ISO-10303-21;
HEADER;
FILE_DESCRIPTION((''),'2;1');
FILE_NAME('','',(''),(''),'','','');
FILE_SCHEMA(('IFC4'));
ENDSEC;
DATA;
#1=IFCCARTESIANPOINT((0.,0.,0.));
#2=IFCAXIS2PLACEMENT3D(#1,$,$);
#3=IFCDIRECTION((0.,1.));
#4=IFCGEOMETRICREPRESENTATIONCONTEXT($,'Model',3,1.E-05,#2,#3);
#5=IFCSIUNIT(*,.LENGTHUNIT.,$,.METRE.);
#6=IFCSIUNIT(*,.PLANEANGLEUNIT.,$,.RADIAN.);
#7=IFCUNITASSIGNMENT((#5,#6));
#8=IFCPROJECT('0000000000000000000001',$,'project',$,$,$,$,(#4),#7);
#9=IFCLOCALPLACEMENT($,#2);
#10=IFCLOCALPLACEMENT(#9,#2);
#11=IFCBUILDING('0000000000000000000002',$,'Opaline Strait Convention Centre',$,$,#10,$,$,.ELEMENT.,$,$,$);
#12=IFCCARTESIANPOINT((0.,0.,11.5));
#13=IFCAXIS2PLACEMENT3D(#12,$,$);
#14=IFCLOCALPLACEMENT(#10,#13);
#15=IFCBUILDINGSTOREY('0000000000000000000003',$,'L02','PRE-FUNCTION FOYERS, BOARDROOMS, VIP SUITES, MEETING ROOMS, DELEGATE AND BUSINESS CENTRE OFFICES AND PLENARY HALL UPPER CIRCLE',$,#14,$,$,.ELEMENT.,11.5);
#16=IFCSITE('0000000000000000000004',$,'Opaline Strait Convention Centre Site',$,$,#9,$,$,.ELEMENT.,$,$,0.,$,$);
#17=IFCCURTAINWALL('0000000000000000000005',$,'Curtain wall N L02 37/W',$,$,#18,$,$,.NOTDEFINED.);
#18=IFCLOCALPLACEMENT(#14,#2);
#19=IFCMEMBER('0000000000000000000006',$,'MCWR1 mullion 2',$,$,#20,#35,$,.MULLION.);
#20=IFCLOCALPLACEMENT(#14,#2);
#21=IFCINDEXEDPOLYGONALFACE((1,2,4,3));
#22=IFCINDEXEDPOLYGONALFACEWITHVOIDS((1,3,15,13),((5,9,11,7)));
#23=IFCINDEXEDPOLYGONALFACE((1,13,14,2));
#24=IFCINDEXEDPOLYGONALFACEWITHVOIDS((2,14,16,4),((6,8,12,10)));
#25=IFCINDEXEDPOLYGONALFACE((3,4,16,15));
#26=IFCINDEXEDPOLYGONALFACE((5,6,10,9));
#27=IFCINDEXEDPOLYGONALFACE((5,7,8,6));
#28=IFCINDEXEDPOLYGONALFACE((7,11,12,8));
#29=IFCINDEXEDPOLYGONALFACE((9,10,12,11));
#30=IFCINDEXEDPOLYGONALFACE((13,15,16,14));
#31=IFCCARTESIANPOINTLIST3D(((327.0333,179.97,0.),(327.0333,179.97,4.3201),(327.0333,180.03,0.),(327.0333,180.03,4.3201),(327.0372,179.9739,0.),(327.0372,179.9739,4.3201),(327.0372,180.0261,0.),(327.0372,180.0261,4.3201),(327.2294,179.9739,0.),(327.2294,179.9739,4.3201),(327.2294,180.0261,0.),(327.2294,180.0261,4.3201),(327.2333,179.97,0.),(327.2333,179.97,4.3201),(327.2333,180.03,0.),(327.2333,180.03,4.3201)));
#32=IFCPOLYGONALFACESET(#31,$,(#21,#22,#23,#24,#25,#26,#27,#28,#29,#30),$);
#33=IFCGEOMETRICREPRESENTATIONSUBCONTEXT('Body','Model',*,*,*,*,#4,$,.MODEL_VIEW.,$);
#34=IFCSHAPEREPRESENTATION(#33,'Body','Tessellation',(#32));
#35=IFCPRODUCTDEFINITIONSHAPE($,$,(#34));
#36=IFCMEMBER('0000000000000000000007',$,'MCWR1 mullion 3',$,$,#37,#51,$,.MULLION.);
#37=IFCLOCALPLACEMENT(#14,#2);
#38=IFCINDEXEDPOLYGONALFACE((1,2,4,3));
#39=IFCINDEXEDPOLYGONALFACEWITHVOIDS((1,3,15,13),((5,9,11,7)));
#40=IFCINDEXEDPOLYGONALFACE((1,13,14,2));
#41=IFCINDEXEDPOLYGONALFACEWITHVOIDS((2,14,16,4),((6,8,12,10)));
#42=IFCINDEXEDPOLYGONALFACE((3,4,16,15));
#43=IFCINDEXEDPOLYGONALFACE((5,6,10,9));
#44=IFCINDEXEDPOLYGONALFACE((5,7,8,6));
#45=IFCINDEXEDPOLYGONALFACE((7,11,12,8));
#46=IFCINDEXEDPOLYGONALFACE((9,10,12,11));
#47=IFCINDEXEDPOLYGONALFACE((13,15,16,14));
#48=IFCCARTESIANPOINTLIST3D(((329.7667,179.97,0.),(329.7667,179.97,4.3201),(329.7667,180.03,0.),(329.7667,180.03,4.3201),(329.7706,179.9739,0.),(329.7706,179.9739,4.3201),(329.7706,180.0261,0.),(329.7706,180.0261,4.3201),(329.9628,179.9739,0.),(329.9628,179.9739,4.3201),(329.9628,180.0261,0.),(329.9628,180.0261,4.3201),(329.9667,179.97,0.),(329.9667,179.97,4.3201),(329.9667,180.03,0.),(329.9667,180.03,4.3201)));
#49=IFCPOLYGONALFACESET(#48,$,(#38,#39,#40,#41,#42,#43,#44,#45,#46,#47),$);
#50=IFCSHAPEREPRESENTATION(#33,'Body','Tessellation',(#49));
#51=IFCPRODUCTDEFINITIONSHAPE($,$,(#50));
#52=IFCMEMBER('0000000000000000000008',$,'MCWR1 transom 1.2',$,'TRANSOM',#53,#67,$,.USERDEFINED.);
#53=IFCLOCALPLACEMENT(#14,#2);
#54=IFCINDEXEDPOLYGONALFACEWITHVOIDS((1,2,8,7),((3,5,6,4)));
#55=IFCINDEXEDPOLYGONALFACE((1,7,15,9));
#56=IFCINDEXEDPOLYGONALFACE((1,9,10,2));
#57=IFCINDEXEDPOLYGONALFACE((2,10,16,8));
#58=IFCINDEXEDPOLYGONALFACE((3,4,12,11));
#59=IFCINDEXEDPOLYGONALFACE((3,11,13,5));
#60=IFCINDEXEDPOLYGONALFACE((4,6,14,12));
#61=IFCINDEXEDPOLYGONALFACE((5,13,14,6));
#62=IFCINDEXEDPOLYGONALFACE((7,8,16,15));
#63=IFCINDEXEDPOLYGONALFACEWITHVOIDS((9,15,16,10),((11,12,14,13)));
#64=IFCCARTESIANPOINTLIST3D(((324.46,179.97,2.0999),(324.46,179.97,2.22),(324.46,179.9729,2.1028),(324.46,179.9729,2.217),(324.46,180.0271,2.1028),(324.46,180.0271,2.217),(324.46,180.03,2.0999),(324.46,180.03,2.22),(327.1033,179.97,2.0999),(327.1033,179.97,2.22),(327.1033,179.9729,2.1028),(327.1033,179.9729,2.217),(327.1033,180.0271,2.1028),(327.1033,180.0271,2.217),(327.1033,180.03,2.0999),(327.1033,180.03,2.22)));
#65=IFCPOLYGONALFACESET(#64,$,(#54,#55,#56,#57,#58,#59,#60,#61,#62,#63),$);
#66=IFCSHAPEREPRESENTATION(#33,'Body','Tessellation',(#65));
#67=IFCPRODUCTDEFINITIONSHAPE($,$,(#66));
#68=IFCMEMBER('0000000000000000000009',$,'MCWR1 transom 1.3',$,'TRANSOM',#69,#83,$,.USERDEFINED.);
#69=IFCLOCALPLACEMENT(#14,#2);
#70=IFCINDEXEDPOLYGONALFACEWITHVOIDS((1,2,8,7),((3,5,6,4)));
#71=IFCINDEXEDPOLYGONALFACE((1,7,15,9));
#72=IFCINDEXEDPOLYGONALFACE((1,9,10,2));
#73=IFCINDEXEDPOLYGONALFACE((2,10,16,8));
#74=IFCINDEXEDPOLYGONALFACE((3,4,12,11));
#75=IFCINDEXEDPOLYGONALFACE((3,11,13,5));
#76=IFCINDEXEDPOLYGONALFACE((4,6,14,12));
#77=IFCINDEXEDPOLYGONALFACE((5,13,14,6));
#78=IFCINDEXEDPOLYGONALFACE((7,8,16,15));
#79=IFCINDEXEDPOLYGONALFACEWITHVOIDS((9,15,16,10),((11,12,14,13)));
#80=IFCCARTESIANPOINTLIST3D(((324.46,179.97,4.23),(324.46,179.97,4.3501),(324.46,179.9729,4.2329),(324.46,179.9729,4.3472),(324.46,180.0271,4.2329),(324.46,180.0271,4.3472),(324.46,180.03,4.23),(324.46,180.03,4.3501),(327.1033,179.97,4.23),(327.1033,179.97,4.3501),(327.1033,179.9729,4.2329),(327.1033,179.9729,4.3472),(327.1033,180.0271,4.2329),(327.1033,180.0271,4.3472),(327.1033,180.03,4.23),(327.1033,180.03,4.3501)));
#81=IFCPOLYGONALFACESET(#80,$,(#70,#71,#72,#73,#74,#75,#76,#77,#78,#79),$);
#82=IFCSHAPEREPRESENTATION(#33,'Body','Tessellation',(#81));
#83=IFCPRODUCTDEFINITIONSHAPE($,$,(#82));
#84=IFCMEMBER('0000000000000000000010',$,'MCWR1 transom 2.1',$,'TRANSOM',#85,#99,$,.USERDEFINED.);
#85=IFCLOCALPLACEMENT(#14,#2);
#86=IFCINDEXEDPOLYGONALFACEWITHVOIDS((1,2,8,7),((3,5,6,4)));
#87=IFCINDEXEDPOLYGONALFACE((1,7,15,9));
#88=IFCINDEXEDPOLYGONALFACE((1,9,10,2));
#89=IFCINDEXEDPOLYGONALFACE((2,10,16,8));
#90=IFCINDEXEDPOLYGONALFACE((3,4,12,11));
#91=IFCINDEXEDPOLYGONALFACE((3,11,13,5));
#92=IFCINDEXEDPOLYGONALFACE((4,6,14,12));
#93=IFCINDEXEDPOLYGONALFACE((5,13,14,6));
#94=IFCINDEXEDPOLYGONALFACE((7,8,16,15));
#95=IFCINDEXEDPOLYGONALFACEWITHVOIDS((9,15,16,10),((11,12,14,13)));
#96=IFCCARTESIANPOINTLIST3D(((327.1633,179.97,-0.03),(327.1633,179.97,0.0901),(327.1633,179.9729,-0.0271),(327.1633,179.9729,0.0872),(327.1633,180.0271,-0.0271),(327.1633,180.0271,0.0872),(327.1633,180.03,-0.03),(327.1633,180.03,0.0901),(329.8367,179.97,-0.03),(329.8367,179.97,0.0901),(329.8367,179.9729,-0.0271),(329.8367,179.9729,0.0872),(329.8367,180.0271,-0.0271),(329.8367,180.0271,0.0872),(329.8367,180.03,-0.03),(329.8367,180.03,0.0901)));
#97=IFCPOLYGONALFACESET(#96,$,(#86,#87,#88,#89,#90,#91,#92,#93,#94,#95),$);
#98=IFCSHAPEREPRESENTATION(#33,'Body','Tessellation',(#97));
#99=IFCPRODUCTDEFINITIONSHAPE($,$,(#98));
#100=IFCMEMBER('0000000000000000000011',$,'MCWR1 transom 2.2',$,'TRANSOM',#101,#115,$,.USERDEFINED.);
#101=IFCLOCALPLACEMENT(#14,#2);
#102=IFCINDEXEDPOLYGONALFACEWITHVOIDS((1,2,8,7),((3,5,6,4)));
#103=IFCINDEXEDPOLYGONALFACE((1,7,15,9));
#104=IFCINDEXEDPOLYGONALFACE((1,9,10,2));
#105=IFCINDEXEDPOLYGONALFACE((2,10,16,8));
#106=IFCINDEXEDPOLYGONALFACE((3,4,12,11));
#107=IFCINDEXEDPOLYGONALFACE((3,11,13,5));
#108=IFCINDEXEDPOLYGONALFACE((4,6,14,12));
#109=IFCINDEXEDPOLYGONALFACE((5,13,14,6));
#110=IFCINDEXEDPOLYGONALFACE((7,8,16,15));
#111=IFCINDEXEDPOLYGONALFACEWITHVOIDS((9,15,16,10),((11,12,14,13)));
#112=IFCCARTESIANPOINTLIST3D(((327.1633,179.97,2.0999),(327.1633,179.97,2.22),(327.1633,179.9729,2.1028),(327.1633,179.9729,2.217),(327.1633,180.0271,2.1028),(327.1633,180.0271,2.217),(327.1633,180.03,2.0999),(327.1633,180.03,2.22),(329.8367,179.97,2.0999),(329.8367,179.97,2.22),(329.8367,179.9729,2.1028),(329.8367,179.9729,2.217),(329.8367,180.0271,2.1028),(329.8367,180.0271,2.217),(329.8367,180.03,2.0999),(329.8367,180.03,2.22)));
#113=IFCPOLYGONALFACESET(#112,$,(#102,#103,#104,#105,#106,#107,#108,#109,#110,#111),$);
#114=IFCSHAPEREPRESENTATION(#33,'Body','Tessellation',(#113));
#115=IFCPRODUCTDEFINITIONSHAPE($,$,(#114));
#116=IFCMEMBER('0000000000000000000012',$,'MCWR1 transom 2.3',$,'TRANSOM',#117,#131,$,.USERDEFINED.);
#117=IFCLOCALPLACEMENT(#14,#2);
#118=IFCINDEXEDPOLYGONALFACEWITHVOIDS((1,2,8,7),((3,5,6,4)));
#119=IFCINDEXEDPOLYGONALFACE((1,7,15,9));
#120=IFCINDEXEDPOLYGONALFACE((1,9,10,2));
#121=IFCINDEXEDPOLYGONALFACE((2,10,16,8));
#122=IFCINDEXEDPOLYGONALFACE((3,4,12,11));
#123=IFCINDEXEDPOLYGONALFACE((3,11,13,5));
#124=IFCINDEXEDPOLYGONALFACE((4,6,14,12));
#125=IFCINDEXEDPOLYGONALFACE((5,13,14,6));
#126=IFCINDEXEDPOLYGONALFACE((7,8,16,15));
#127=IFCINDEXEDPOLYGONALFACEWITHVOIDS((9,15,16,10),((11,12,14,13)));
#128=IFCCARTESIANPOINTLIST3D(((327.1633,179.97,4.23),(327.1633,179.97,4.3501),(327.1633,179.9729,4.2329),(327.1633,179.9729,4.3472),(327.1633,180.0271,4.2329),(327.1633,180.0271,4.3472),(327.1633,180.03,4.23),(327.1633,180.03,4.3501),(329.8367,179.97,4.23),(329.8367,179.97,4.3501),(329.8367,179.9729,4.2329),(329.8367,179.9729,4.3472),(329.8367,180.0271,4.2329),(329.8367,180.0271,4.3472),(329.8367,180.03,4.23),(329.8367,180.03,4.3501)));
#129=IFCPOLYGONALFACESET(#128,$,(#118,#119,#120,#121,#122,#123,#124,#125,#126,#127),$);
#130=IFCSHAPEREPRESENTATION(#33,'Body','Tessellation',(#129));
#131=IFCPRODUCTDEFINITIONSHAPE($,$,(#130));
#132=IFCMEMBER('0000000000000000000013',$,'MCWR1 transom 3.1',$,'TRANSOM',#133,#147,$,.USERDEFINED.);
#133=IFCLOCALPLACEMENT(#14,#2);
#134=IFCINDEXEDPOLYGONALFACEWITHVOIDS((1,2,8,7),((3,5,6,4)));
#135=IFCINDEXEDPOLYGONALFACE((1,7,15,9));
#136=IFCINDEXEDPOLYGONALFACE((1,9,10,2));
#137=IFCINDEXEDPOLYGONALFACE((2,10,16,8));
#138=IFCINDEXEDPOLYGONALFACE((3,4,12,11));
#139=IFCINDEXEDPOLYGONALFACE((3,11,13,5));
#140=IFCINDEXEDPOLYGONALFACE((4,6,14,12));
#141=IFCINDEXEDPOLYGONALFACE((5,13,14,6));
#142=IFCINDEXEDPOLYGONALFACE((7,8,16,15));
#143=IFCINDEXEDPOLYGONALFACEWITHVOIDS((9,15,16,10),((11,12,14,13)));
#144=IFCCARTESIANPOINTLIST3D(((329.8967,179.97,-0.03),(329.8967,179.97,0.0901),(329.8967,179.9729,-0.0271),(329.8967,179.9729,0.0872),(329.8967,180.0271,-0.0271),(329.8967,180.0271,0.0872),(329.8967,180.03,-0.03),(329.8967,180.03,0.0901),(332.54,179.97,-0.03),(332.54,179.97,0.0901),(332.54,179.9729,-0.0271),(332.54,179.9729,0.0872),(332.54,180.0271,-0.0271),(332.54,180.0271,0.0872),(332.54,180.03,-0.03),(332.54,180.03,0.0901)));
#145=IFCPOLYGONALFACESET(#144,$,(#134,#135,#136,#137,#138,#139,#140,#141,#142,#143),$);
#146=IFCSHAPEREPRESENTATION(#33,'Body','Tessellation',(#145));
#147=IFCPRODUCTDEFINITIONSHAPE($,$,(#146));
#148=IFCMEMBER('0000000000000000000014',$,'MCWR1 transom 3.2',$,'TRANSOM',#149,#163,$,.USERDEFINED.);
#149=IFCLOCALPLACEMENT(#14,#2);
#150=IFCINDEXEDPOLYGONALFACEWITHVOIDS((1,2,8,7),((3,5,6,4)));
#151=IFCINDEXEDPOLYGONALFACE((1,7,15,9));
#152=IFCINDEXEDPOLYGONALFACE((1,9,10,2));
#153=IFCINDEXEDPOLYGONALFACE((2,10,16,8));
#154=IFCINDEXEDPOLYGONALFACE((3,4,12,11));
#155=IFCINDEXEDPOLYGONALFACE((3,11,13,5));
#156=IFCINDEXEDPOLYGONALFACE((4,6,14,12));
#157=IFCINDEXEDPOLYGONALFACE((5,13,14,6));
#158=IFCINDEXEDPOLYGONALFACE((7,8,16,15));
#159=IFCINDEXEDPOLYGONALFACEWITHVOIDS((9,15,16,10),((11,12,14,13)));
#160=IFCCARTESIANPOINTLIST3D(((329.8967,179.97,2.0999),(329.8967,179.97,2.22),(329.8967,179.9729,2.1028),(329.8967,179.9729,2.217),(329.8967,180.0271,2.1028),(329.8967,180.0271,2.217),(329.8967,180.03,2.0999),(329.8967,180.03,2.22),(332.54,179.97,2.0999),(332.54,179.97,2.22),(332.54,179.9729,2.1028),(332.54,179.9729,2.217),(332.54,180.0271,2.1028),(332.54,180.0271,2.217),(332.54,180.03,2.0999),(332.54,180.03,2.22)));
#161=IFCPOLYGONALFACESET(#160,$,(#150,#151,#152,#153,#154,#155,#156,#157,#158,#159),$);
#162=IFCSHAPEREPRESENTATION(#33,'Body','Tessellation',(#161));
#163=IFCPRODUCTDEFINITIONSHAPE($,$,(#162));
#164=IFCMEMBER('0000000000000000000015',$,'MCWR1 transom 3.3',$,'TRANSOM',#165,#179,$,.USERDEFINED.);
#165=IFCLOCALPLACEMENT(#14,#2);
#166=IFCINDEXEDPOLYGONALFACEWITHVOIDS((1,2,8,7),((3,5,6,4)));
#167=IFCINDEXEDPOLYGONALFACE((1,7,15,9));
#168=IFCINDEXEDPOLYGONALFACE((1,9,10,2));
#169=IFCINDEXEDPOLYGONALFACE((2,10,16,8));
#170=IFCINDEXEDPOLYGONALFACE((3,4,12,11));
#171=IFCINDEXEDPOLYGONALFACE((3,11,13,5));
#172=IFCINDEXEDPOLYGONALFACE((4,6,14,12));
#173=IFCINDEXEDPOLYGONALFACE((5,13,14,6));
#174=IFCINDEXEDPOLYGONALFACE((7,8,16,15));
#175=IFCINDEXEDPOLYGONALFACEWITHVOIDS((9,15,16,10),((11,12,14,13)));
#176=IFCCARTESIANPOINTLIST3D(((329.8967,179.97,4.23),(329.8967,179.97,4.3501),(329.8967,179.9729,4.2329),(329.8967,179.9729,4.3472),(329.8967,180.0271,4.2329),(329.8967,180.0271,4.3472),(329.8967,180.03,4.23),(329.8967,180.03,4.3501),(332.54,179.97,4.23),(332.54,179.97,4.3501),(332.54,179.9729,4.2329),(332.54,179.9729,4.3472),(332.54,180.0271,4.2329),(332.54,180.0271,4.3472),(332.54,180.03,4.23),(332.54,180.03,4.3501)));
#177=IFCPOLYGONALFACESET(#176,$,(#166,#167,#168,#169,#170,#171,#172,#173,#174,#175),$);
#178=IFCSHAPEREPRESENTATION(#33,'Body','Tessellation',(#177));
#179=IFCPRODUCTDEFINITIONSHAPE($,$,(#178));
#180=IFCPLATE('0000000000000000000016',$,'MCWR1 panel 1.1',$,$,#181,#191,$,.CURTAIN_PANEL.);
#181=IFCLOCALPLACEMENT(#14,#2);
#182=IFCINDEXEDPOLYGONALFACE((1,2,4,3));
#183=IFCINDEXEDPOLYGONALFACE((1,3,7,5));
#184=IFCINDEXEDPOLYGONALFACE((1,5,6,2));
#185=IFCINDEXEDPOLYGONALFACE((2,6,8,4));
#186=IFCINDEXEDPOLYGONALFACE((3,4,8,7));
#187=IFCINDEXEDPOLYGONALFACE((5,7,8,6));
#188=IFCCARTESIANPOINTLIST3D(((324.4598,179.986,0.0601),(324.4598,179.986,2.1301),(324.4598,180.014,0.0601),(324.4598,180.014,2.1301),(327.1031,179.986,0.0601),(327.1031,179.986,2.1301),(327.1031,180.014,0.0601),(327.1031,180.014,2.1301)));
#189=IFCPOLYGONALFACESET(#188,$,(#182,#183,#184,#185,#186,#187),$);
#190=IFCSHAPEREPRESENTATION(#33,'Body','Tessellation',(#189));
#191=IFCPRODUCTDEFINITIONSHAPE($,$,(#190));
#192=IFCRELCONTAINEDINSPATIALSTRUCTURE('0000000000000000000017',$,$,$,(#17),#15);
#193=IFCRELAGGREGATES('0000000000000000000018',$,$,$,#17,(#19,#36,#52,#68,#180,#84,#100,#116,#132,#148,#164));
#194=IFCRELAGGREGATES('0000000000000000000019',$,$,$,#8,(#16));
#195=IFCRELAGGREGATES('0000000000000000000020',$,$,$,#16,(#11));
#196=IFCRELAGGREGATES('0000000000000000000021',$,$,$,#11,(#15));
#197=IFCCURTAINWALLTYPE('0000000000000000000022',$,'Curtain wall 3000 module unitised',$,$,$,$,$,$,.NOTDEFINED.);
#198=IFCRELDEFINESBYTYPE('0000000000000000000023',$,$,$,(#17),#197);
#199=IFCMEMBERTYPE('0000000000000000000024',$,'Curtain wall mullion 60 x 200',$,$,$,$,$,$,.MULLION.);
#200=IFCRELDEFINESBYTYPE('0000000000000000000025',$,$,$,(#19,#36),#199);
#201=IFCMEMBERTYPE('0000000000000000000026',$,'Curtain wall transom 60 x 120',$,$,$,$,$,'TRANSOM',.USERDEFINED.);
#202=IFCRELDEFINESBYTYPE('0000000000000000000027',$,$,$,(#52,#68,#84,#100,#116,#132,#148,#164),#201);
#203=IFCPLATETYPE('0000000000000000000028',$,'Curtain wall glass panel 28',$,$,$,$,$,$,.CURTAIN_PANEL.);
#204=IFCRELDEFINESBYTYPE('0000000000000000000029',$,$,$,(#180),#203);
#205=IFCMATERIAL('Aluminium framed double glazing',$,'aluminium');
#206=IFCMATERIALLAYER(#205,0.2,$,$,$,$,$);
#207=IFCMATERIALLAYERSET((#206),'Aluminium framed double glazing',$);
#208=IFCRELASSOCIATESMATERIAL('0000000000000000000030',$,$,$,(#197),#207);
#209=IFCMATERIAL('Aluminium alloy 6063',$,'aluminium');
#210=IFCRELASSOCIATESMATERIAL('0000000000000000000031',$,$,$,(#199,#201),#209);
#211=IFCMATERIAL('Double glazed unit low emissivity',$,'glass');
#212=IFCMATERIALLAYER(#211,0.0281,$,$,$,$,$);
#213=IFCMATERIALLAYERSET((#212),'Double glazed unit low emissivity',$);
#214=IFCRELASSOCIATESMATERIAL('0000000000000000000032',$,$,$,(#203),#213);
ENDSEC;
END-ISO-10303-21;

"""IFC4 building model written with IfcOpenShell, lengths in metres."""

from ifc_helpers import new_model, si_unit, direction, frame, origin, origin_2d, place, context, subcontext, project, spatial, rectangle, hollow_rectangle, extrude, material, layer, layer_set, material_profile, profile_set, type_object, element, aggregate, save


model = new_model("IFC4")

# Units and contexts
model_context = context("Model", 3, precision=1e-05, world=origin(), true_north=direction((0.0, 1.0)))
body_context = subcontext(model_context, "Body", "Model", "MODEL_VIEW")
ifc_project = project(units=[si_unit("LENGTHUNIT", "METRE"), si_unit("PLANEANGLEUNIT", "RADIAN")], contexts=[model_context])

# Site, building, storey
site_placement = place(None, origin())
site = spatial("IfcSite", under=ifc_project, at=site_placement, Name="Opaline Strait Convention Centre Site", CompositionType="ELEMENT", RefElevation=0.0)
building_placement = place(site_placement, origin())
building = spatial("IfcBuilding", under=site, at=building_placement, Name="Opaline Strait Convention Centre", CompositionType="ELEMENT")
storey_placement = place(building_placement, frame((0.0, 0.0, 11.5)))
storey = spatial("IfcBuildingStorey", under=building, at=storey_placement, Name="L02", Description="PRE-FUNCTION FOYERS, BOARDROOMS, VIP SUITES, MEETING ROOMS, DELEGATE AND BUSINESS CENTRE OFFICES AND PLENARY HALL UPPER CIRCLE", CompositionType="ELEMENT", Elevation=11.5)

# Curtain wall, members, plate
ifc_material_1 = material(Name="Aluminium framed double glazing", Category="aluminium")
ifc_layer_1 = layer(ifc_material_1, 0.2)
ifc_layer_set_1 = layer_set([ifc_layer_1], Name="Aluminium framed double glazing")
curtain_wall_type = type_object("IfcCurtainWallType", Name="Curtain wall 3000 module unitised", PredefinedType="NOTDEFINED", material=ifc_layer_set_1)
curtain_wall_placement = place(storey_placement, origin())
curtain_wall = element("IfcCurtainWall", 1, at=curtain_wall_placement, inside=storey, type_object=curtain_wall_type, Name="Curtain wall N L02 37/W", PredefinedType="NOTDEFINED")
ifc_material_2 = material(Name="Aluminium alloy 6063", Category="aluminium")
ifc_material_profile_1 = material_profile(ifc_material_2, hollow_rectangle(XDim=0.0601, YDim=0.2, WallThickness=0.0039, at=origin_2d()), Name="MULLION 60x200x4")
ifc_profile_set_1 = profile_set([ifc_material_profile_1], Name="Aluminium alloy 6063")
member_type_1 = type_object("IfcMemberType", Name="Curtain wall mullion 60 x 200", PredefinedType="MULLION", material=ifc_profile_set_1)
member_1_placement = place(storey_placement, frame((327.1333, 180.0, 0.0), z_axis=(0.0, 0.0, 1.0), x_axis=(0.0, 1.0, 0.0)))
member_1 = element("IfcMember", 2, at=member_1_placement, type_object=member_type_1, Name="MCWR1 mullion 2", PredefinedType="MULLION", context=body_context, shape_type="SweptSolid", body=[
    extrude(hollow_rectangle(XDim=0.0601, YDim=0.2, WallThickness=0.0039, at=origin_2d()), origin(), (0.0, 0.0, 1.0), 4.3201),
])
member_2_placement = place(storey_placement, frame((329.8667, 180.0, 0.0), z_axis=(0.0, 0.0, 1.0), x_axis=(0.0, 1.0, 0.0)))
member_2 = element("IfcMember", 3, at=member_2_placement, type_object=member_type_1, Name="MCWR1 mullion 3", PredefinedType="MULLION", context=body_context, shape_type="SweptSolid", body=[
    extrude(hollow_rectangle(XDim=0.0601, YDim=0.2, WallThickness=0.0039, at=origin_2d()), origin(), (0.0, 0.0, 1.0), 4.3201),
])
ifc_material_profile_2 = material_profile(ifc_material_2, hollow_rectangle(XDim=0.0601, YDim=0.1201, WallThickness=0.0029, at=origin_2d()), Name="TRANSOM 60x120x3")
ifc_profile_set_2 = profile_set([ifc_material_profile_2], Name="Aluminium alloy 6063")
member_type_2 = type_object("IfcMemberType", Name="Curtain wall transom 60 x 120", ElementType="TRANSOM", PredefinedType="USERDEFINED", material=ifc_profile_set_2)
member_3_placement = place(storey_placement, frame((324.46, 180.0, 2.1599), z_axis=(1.0, 0.0, 0.0), x_axis=(0.0, 1.0, 0.0)))
member_3 = element("IfcMember", 4, at=member_3_placement, type_object=member_type_2, Name="MCWR1 transom 1.2", ObjectType="TRANSOM", PredefinedType="USERDEFINED", context=body_context, shape_type="SweptSolid", body=[
    extrude(hollow_rectangle(XDim=0.0601, YDim=0.1201, WallThickness=0.0029, at=origin_2d()), origin(), (0.0, 0.0, 1.0), 2.6433),
])
member_4_placement = place(storey_placement, frame((324.46, 180.0, 4.29), z_axis=(1.0, 0.0, 0.0), x_axis=(0.0, 1.0, 0.0)))
member_4 = element("IfcMember", 5, at=member_4_placement, type_object=member_type_2, Name="MCWR1 transom 1.3", ObjectType="TRANSOM", PredefinedType="USERDEFINED", context=body_context, shape_type="SweptSolid", body=[
    extrude(hollow_rectangle(XDim=0.0601, YDim=0.1201, WallThickness=0.0029, at=origin_2d()), origin(), (0.0, 0.0, 1.0), 2.6433),
])
member_5_placement = place(storey_placement, frame((327.1633, 180.0, 0.03), z_axis=(1.0, 0.0, 0.0), x_axis=(0.0, 1.0, 0.0)))
member_5 = element("IfcMember", 6, at=member_5_placement, type_object=member_type_2, Name="MCWR1 transom 2.1", ObjectType="TRANSOM", PredefinedType="USERDEFINED", context=body_context, shape_type="SweptSolid", body=[
    extrude(hollow_rectangle(XDim=0.0601, YDim=0.1201, WallThickness=0.0029, at=origin_2d()), origin(), (0.0, 0.0, 1.0), 2.6733),
])
member_6_placement = place(storey_placement, frame((327.1633, 180.0, 2.1599), z_axis=(1.0, 0.0, 0.0), x_axis=(0.0, 1.0, 0.0)))
member_6 = element("IfcMember", 7, at=member_6_placement, type_object=member_type_2, Name="MCWR1 transom 2.2", ObjectType="TRANSOM", PredefinedType="USERDEFINED", context=body_context, shape_type="SweptSolid", body=[
    extrude(hollow_rectangle(XDim=0.0601, YDim=0.1201, WallThickness=0.0029, at=origin_2d()), origin(), (0.0, 0.0, 1.0), 2.6733),
])
member_7_placement = place(storey_placement, frame((327.1633, 180.0, 4.29), z_axis=(1.0, 0.0, 0.0), x_axis=(0.0, 1.0, 0.0)))
member_7 = element("IfcMember", 8, at=member_7_placement, type_object=member_type_2, Name="MCWR1 transom 2.3", ObjectType="TRANSOM", PredefinedType="USERDEFINED", context=body_context, shape_type="SweptSolid", body=[
    extrude(hollow_rectangle(XDim=0.0601, YDim=0.1201, WallThickness=0.0029, at=origin_2d()), origin(), (0.0, 0.0, 1.0), 2.6733),
])
member_8_placement = place(storey_placement, frame((329.8967, 180.0, 0.03), z_axis=(1.0, 0.0, 0.0), x_axis=(0.0, 1.0, 0.0)))
member_8 = element("IfcMember", 9, at=member_8_placement, type_object=member_type_2, Name="MCWR1 transom 3.1", ObjectType="TRANSOM", PredefinedType="USERDEFINED", context=body_context, shape_type="SweptSolid", body=[
    extrude(hollow_rectangle(XDim=0.0601, YDim=0.1201, WallThickness=0.0029, at=origin_2d()), origin(), (0.0, 0.0, 1.0), 2.6433),
])
member_9_placement = place(storey_placement, frame((329.8967, 180.0, 2.1599), z_axis=(1.0, 0.0, 0.0), x_axis=(0.0, 1.0, 0.0)))
member_9 = element("IfcMember", 10, at=member_9_placement, type_object=member_type_2, Name="MCWR1 transom 3.2", ObjectType="TRANSOM", PredefinedType="USERDEFINED", context=body_context, shape_type="SweptSolid", body=[
    extrude(hollow_rectangle(XDim=0.0601, YDim=0.1201, WallThickness=0.0029, at=origin_2d()), origin(), (0.0, 0.0, 1.0), 2.6433),
])
member_10_placement = place(storey_placement, frame((329.8967, 180.0, 4.29), z_axis=(1.0, 0.0, 0.0), x_axis=(0.0, 1.0, 0.0)))
member_10 = element("IfcMember", 11, at=member_10_placement, type_object=member_type_2, Name="MCWR1 transom 3.3", ObjectType="TRANSOM", PredefinedType="USERDEFINED", context=body_context, shape_type="SweptSolid", body=[
    extrude(hollow_rectangle(XDim=0.0601, YDim=0.1201, WallThickness=0.0029, at=origin_2d()), origin(), (0.0, 0.0, 1.0), 2.6433),
])
ifc_material_3 = material(Name="Double glazed unit low emissivity", Category="glass")
ifc_layer_2 = layer(ifc_material_3, 0.0281)
ifc_layer_set_2 = layer_set([ifc_layer_2], Name="Double glazed unit low emissivity")
plate_type = type_object("IfcPlateType", Name="Curtain wall glass panel 28", PredefinedType="CURTAIN_PANEL", material=ifc_layer_set_2)
plate_1_placement = place(storey_placement, frame((325.7815, 180.0, 0.0601), z_axis=(0.0, 0.0, 1.0), x_axis=(1.0, 0.0, 0.0)))
plate_1 = element("IfcPlate", 12, at=plate_1_placement, type_object=plate_type, Name="MCWR1 panel 1.1", PredefinedType="CURTAIN_PANEL", context=body_context, shape_type="SweptSolid", body=[
    extrude(rectangle(XDim=2.6433, YDim=0.0281, at=origin_2d()), origin(), (0.0, 0.0, 1.0), 2.0701),
])
aggregate(curtain_wall, [member_1, member_2, member_3, member_4, plate_1, member_5, member_6, member_7, member_8, member_9, member_10])

save(model, "model.ifc")
